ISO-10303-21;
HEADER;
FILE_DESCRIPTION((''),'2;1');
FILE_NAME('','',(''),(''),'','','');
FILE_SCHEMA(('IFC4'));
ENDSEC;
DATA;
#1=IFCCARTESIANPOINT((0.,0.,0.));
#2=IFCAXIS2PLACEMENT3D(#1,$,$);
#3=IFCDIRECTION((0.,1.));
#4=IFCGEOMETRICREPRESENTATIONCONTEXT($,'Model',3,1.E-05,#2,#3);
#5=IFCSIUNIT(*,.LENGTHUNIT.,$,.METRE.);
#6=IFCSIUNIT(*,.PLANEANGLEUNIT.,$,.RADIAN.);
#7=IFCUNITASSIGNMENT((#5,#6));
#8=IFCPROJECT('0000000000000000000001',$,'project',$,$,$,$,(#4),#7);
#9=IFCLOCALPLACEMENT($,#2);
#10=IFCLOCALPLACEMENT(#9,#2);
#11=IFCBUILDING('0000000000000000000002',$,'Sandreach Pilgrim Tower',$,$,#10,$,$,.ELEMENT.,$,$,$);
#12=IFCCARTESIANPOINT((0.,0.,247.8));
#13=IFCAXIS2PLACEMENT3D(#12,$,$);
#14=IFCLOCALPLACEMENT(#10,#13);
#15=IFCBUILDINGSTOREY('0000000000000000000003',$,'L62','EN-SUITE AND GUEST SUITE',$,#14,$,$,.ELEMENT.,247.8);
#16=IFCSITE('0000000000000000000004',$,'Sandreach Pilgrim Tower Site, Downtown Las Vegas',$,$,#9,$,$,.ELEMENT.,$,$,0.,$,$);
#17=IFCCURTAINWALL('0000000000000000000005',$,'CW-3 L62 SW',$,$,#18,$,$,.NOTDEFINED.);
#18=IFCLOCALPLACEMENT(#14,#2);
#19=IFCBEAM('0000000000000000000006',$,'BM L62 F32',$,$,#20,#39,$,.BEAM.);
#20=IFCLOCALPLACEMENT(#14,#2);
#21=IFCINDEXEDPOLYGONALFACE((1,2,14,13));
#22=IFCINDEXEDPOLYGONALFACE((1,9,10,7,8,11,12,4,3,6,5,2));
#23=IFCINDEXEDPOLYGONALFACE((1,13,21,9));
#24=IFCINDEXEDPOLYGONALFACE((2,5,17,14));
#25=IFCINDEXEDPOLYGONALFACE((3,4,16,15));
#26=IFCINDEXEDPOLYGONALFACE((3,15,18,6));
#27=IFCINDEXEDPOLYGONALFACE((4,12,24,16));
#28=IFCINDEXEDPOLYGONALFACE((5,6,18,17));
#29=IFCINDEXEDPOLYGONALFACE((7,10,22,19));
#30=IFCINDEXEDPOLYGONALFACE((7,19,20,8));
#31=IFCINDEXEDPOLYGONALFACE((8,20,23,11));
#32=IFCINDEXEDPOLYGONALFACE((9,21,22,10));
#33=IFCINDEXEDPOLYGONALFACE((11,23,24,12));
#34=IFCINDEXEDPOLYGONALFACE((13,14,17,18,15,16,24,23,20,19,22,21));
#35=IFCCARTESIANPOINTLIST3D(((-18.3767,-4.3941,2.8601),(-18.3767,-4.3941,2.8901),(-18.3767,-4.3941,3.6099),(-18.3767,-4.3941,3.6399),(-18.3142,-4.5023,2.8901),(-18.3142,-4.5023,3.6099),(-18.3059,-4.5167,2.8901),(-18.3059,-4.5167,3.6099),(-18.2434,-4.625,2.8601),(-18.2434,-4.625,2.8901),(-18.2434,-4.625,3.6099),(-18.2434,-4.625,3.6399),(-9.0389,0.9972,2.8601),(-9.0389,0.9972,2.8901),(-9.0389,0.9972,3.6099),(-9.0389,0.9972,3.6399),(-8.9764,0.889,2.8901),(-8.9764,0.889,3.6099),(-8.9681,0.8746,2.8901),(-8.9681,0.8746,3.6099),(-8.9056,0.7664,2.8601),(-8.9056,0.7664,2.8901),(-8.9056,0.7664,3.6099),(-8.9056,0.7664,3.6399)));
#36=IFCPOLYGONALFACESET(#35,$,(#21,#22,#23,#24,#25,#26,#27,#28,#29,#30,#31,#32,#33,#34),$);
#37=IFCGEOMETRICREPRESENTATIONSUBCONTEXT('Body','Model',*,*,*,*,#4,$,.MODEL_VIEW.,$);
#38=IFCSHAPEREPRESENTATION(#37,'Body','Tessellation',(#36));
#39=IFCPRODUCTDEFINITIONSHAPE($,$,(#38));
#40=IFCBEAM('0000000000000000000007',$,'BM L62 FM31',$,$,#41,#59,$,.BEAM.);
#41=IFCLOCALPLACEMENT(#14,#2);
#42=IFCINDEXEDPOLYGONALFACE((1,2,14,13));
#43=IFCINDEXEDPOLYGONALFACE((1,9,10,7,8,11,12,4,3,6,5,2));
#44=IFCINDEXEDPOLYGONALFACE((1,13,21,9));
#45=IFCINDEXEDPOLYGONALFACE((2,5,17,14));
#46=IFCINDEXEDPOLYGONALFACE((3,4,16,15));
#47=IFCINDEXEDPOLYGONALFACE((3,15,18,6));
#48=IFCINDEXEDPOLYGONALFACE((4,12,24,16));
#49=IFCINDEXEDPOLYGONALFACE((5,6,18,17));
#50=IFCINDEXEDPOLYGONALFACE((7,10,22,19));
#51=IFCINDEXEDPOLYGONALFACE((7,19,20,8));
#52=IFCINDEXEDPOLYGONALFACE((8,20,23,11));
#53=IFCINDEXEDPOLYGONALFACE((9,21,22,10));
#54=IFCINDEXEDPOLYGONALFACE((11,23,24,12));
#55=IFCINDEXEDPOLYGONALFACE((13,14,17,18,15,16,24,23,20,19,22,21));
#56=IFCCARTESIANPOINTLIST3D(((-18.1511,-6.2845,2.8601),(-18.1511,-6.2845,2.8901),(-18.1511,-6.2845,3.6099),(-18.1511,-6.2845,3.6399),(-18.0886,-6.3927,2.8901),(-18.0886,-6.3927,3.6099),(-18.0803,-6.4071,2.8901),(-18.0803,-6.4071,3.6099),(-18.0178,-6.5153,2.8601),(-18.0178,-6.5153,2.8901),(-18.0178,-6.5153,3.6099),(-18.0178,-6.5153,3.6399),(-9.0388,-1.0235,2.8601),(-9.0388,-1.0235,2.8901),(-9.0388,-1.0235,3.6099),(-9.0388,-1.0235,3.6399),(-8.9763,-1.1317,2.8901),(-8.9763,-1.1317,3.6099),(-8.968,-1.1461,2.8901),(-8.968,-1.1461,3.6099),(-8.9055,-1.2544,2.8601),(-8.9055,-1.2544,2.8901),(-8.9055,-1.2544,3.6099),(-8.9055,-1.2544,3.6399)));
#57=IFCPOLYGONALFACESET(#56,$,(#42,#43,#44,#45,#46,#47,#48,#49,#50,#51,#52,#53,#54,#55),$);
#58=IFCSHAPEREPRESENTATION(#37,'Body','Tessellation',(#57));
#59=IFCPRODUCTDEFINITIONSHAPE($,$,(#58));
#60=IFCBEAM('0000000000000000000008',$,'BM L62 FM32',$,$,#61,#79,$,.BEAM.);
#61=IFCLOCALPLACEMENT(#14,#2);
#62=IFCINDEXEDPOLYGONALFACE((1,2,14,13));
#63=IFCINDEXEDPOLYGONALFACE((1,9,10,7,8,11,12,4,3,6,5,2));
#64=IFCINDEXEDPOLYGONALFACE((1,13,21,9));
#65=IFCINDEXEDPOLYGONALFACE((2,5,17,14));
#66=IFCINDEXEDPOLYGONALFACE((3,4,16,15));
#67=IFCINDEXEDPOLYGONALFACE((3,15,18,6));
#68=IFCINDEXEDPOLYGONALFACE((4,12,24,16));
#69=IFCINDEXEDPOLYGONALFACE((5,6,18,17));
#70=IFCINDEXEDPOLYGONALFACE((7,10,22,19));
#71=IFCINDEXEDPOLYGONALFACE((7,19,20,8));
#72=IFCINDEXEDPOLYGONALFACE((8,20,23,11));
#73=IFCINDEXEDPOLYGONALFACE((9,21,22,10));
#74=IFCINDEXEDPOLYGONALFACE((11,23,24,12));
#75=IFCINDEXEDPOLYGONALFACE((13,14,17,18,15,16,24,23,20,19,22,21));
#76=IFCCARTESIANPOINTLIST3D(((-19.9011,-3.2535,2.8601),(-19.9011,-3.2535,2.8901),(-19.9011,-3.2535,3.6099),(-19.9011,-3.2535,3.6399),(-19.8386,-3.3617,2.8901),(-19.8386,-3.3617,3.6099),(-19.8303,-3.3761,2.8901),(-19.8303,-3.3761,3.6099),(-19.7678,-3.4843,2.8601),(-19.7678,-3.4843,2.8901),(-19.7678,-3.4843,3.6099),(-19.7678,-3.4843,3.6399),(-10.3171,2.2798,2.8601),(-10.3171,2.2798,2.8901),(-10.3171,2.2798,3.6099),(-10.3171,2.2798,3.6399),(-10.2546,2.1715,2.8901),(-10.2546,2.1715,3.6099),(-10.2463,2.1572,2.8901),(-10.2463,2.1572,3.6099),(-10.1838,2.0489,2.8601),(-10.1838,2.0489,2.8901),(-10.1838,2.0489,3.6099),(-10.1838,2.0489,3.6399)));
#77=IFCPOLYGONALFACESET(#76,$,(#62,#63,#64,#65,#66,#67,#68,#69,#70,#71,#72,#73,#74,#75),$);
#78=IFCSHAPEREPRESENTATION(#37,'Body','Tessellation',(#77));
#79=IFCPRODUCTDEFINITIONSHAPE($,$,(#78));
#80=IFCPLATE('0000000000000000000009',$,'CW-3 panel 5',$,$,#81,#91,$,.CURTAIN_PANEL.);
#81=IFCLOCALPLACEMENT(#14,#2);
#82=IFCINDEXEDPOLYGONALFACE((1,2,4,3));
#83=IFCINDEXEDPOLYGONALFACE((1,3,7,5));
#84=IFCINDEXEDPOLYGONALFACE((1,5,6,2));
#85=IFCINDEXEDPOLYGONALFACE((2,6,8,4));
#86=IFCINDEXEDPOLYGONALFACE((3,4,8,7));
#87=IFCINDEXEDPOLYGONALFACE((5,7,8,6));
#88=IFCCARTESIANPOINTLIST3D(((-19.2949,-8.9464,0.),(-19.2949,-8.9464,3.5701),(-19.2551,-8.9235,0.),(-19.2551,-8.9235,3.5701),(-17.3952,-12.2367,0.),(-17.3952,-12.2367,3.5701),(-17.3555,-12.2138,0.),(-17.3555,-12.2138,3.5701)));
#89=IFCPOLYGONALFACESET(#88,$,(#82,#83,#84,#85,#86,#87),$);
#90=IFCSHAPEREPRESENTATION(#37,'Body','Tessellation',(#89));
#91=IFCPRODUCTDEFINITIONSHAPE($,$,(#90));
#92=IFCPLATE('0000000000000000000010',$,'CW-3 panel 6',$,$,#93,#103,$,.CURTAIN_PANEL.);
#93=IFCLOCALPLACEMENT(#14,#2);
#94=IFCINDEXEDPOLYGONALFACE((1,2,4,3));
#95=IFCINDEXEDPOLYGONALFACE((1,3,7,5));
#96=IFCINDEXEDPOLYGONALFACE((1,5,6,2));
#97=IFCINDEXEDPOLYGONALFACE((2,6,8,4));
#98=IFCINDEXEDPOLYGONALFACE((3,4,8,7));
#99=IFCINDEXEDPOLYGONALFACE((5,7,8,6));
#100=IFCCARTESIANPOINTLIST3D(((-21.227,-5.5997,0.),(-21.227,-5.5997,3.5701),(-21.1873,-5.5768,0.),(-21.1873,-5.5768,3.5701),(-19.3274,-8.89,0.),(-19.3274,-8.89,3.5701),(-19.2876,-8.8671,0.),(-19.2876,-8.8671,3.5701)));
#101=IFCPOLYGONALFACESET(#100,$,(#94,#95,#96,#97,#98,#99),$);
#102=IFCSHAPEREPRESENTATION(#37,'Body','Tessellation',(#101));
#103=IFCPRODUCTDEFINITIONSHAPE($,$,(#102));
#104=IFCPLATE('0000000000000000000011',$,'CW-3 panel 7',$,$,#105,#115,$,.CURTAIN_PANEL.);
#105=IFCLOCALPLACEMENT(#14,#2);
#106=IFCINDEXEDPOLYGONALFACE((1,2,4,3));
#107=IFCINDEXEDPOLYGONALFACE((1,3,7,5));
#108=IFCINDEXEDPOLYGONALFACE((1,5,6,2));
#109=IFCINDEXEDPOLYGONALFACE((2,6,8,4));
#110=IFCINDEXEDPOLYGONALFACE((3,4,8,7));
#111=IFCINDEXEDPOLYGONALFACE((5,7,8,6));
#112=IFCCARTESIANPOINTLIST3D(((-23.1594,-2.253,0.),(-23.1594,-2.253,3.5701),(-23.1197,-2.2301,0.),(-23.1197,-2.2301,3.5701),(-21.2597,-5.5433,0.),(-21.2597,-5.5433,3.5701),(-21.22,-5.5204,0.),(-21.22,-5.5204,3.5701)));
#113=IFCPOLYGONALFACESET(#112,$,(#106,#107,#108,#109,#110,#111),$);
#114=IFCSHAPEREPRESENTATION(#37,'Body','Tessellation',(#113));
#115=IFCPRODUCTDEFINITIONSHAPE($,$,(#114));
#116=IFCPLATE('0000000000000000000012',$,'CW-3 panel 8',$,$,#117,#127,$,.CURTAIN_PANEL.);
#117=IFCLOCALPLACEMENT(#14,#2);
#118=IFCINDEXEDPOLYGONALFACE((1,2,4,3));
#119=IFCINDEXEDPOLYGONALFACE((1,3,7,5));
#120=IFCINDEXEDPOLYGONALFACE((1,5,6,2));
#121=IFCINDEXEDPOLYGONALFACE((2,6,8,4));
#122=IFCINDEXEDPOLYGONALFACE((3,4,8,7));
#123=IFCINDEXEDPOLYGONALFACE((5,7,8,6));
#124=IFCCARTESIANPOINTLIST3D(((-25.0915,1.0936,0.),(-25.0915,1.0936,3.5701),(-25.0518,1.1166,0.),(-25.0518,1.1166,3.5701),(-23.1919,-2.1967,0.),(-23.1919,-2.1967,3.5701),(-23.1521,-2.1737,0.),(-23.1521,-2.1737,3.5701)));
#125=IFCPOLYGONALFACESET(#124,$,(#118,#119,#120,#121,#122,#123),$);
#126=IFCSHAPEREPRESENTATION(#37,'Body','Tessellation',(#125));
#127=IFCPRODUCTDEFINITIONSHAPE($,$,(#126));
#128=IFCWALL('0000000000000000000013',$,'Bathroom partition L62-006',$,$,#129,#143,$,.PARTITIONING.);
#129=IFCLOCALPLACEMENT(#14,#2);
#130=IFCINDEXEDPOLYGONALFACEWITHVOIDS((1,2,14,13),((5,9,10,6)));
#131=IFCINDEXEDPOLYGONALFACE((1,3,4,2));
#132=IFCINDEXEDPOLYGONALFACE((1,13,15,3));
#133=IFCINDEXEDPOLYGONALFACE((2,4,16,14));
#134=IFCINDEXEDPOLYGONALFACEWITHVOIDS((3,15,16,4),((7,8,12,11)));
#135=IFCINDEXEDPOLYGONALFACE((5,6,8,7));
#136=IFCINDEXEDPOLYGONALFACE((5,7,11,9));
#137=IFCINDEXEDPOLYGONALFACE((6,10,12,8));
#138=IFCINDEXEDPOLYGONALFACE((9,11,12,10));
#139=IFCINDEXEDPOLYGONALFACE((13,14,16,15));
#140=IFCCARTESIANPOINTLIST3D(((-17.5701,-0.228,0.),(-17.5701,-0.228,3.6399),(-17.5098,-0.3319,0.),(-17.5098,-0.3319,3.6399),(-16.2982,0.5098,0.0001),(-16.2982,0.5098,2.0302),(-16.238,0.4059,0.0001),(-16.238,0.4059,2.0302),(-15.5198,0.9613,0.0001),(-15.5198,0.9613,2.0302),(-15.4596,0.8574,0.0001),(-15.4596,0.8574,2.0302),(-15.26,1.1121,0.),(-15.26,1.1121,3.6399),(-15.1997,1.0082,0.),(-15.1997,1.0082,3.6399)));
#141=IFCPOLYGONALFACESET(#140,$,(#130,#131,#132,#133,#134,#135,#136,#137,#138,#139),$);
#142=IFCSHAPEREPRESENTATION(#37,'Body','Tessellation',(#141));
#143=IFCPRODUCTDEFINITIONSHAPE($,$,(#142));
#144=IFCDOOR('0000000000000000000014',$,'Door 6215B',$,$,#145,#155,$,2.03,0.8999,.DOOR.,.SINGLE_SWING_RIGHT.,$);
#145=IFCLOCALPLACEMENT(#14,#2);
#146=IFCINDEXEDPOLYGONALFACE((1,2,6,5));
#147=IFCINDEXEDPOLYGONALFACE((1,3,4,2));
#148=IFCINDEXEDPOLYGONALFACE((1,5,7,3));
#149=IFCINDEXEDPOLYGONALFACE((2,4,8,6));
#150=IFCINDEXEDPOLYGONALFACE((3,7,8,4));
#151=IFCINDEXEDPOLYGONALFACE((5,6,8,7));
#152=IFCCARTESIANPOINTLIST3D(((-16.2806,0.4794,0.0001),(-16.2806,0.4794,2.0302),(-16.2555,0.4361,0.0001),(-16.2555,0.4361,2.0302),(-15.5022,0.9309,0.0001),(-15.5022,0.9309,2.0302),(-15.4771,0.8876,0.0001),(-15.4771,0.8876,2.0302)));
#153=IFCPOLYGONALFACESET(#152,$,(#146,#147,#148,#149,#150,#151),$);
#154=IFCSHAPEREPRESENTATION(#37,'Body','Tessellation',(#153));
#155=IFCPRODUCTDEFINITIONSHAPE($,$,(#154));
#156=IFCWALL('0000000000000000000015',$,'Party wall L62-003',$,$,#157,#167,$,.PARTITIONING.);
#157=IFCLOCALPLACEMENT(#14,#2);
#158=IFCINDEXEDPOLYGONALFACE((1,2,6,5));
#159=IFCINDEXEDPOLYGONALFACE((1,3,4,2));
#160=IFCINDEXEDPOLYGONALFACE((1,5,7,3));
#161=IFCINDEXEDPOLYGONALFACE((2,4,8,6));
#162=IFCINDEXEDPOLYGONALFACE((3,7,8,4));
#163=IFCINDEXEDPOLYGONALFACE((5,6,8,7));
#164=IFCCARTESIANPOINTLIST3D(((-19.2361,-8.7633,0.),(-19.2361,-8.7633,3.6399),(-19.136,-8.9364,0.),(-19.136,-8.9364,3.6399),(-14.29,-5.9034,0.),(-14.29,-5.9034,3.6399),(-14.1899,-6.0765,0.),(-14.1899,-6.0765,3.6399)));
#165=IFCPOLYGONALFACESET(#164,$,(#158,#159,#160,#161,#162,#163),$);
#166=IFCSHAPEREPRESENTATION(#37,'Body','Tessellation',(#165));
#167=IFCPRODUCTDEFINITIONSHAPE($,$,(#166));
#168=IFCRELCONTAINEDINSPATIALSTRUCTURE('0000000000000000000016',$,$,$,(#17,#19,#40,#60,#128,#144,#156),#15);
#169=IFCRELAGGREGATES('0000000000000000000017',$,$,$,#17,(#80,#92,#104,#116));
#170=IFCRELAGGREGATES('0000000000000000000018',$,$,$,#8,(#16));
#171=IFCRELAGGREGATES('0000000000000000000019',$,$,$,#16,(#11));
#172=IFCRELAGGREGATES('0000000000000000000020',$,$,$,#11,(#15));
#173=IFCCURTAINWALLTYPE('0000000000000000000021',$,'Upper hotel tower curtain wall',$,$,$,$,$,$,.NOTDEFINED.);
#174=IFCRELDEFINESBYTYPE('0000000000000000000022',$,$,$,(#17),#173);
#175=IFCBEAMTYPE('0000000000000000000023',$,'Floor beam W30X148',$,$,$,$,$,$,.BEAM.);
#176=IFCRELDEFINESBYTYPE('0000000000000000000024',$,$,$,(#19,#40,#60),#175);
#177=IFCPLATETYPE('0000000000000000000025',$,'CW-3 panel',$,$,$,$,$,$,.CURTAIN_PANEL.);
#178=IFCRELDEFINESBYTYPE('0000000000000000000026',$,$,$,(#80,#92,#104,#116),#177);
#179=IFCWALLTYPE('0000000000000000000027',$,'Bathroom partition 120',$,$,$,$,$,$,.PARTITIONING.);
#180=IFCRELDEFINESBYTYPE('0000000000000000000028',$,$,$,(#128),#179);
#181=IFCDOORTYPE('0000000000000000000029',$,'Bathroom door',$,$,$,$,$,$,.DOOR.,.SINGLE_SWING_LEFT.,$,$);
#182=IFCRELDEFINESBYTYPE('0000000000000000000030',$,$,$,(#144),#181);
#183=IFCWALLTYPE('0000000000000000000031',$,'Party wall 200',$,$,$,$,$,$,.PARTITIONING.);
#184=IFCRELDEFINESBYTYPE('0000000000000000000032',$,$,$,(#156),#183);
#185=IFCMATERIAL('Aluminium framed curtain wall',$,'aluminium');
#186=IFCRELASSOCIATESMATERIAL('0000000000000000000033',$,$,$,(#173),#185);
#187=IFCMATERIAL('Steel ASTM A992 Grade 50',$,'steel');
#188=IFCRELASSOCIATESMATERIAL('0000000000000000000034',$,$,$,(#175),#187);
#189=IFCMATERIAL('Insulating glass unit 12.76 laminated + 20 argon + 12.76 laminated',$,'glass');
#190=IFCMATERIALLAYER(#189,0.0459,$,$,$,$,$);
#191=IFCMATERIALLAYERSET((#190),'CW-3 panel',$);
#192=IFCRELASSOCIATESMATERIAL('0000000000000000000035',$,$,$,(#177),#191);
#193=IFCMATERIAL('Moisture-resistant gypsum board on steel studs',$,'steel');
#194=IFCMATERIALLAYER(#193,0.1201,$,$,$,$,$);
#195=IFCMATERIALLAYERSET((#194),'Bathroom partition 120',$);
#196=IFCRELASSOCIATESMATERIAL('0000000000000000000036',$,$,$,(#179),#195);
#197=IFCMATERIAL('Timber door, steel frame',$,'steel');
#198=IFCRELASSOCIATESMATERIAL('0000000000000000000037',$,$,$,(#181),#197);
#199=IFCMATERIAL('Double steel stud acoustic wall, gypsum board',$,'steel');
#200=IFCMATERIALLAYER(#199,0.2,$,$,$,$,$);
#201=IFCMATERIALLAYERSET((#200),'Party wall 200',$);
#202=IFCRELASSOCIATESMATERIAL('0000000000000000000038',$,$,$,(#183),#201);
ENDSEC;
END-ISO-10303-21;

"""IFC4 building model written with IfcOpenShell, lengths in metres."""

from ifc_helpers import new_model, si_unit, direction, frame, frame_2d, origin, origin_2d, place, context, subcontext, project, spatial, rectangle, i_section, extrude, material, layer, layer_set, material_profile, profile_set, type_object, element, fill, aggregate, save


model = new_model("IFC4")

# Units and contexts
model_context = context("Model", 3, precision=1e-05, world=origin(), true_north=direction((0.0, 1.0)))
body_context = subcontext(model_context, "Body", "Model", "MODEL_VIEW")
ifc_project = project(units=[si_unit("LENGTHUNIT", "METRE"), si_unit("PLANEANGLEUNIT", "RADIAN")], contexts=[model_context])

# Site, building, storey
site_placement = place(None, origin())
site = spatial("IfcSite", under=ifc_project, at=site_placement, Name="Sandreach Pilgrim Tower Site, Downtown Las Vegas", CompositionType="ELEMENT", RefElevation=0.0)
building_placement = place(site_placement, origin())
building = spatial("IfcBuilding", under=site, at=building_placement, Name="Sandreach Pilgrim Tower", CompositionType="ELEMENT")
storey_placement = place(building_placement, frame((0.0, 0.0, 247.8)))
storey = spatial("IfcBuildingStorey", under=building, at=storey_placement, Name="L62", Description="EN-SUITE AND GUEST SUITE", CompositionType="ELEMENT", Elevation=247.8)

# Curtain wall
ifc_material_1 = material(Name="Aluminium framed curtain wall", Category="aluminium")
curtain_wall_type = type_object("IfcCurtainWallType", Name="Upper hotel tower curtain wall", PredefinedType="NOTDEFINED", material=ifc_material_1)
curtain_wall_placement = place(storey_placement, origin())
curtain_wall = element("IfcCurtainWall", 1, at=curtain_wall_placement, inside=storey, type_object=curtain_wall_type, Name="CW-3 L62 SW", PredefinedType="NOTDEFINED")

# Beams
ifc_material_2 = material(Name="Steel ASTM A992 Grade 50", Category="steel")
ifc_material_profile_1 = material_profile(ifc_material_2, i_section(OverallWidth=0.2666, OverallDepth=0.7798, WebThickness=0.0166, FlangeThickness=0.03, at=origin_2d()), Name="W30X148")
ifc_profile_set_1 = profile_set([ifc_material_profile_1], Name="Steel ASTM A992 Grade 50")
beam_type_1 = type_object("IfcBeamType", Name="Floor beam W30X148", PredefinedType="BEAM", material=ifc_profile_set_1)
beam_1_placement = place(storey_placement, frame((-18.3101, -4.5095, 3.25), z_axis=(0.86602, 0.500009, 0.0), x_axis=(-0.500009, 0.86602, 0.0)))
element("IfcBeam", 2, at=beam_1_placement, inside=storey, type_object=beam_type_1, Name="BM L62 F32", PredefinedType="BEAM", context=body_context, shape_type="SweptSolid", body=[
    extrude(i_section(OverallWidth=0.2666, OverallDepth=0.7798, WebThickness=0.0166, FlangeThickness=0.03, at=origin_2d()), origin(), (0.0, 0.0, 1.0), 10.7825),
])
beam_2_placement = place(storey_placement, frame((-18.0845, -6.3999, 3.25), z_axis=(0.866026, 0.5, 0.0), x_axis=(-0.5, 0.866026, 0.0)))
element("IfcBeam", 3, at=beam_2_placement, inside=storey, type_object=beam_type_1, Name="BM L62 FM31", PredefinedType="BEAM", context=body_context, shape_type="SweptSolid", body=[
    extrude(i_section(OverallWidth=0.2666, OverallDepth=0.7798, WebThickness=0.0166, FlangeThickness=0.03, at=origin_2d()), origin(), (0.0, 0.0, 1.0), 10.522),
])
beam_3_placement = place(storey_placement, frame((-19.8345, -3.3689, 3.25), z_axis=(0.86603, 0.499992, 0.0), x_axis=(-0.499992, 0.86603, 0.0)))
element("IfcBeam", 4, at=beam_3_placement, inside=storey, type_object=beam_type_1, Name="BM L62 FM32", PredefinedType="BEAM", context=body_context, shape_type="SweptSolid", body=[
    extrude(i_section(OverallWidth=0.2666, OverallDepth=0.7798, WebThickness=0.0166, FlangeThickness=0.03, at=origin_2d()), origin(), (0.0, 0.0, 1.0), 11.0667),
])

# Plates
ifc_material_3 = material(Name="Insulating glass unit 12.76 laminated + 20 argon + 12.76 laminated", Category="glass")
ifc_layer_1 = layer(ifc_material_3, 0.0459)
ifc_layer_set_1 = layer_set([ifc_layer_1], Name="CW-3 panel")
plate_type = type_object("IfcPlateType", Name="CW-3 panel", PredefinedType="CURTAIN_PANEL", material=ifc_layer_set_1)
plate_1_placement = place(storey_placement, frame((-18.3252, -10.5801, 0.0), z_axis=(0.0, 0.0, 1.0), x_axis=(-0.5, 0.866025, 0.0)))
plate_1 = element("IfcPlate", 5, at=plate_1_placement, type_object=plate_type, Name="CW-3 panel 5", PredefinedType="CURTAIN_PANEL", context=body_context, shape_type="SweptSolid", body=[
    extrude(rectangle(XDim=3.7993, YDim=0.0459, at=origin_2d()), origin(), (0.0, 0.0, 1.0), 3.5701),
])
plate_2_placement = place(storey_placement, frame((-20.2573, -7.2334, 0.0), z_axis=(0.0, 0.0, 1.0), x_axis=(-0.5, 0.866025, 0.0)))
plate_2 = element("IfcPlate", 6, at=plate_2_placement, type_object=plate_type, Name="CW-3 panel 6", PredefinedType="CURTAIN_PANEL", context=body_context, shape_type="SweptSolid", body=[
    extrude(rectangle(XDim=3.7993, YDim=0.0459, at=origin_2d()), origin(), (0.0, 0.0, 1.0), 3.5701),
])
plate_3_placement = place(storey_placement, frame((-22.1897, -3.8867, 0.0), z_axis=(0.0, 0.0, 1.0), x_axis=(-0.5, 0.866025, 0.0)))
plate_3 = element("IfcPlate", 7, at=plate_3_placement, type_object=plate_type, Name="CW-3 panel 7", PredefinedType="CURTAIN_PANEL", context=body_context, shape_type="SweptSolid", body=[
    extrude(rectangle(XDim=3.7993, YDim=0.0459, at=origin_2d()), origin(), (0.0, 0.0, 1.0), 3.5701),
])
plate_4_placement = place(storey_placement, frame((-24.1218, -0.54, 0.0), z_axis=(0.0, 0.0, 1.0), x_axis=(-0.5, 0.866025, 0.0)))
plate_4 = element("IfcPlate", 8, at=plate_4_placement, type_object=plate_type, Name="CW-3 panel 8", PredefinedType="CURTAIN_PANEL", context=body_context, shape_type="SweptSolid", body=[
    extrude(rectangle(XDim=3.7993, YDim=0.0459, at=origin_2d()), origin(), (0.0, 0.0, 1.0), 3.5701),
])
aggregate(curtain_wall, [plate_1, plate_2, plate_3, plate_4])

# Wall, opening, door
ifc_material_4 = material(Name="Moisture-resistant gypsum board on steel studs", Category="steel")
ifc_layer_2 = layer(ifc_material_4, 0.1201)
ifc_layer_set_2 = layer_set([ifc_layer_2], Name="Bathroom partition 120")
wall_type_1 = type_object("IfcWallType", Name="Bathroom partition 120", PredefinedType="PARTITIONING", material=ifc_layer_set_2)
wall_1_placement = place(storey_placement, frame((-17.54, -0.28, 0.0), z_axis=(0.0, 0.0, 1.0), x_axis=(0.86499, 0.501789, 0.0)))
wall_1 = element("IfcWall", 9, at=wall_1_placement, inside=storey, type_object=wall_type_1, Name="Bathroom partition L62-006", PredefinedType="PARTITIONING", context=body_context, shape_type="SweptSolid", body=[
    extrude(rectangle(XDim=2.6707, YDim=0.1201, at=frame_2d((1.3354, 0.0))), origin(), (0.0, 0.0, 1.0), 3.6399),
])
opening_placement = place(wall_1_placement, frame((1.4705, 0.0, 0.0)))
opening = element("IfcOpeningElement", 10, at=opening_placement, cuts=wall_1, PredefinedType="OPENING", context=body_context, shape_type="SweptSolid", body=[
    extrude(rectangle(XDim=0.8999, YDim=2.03, at=frame_2d((0.45, 1.0151))), frame((0.0, 0.0601, 0.0), z_axis=(0.0, -1.0, 0.0), x_axis=(1.0, 0.0, 0.0)), (0.0, 0.0, 1.0), 0.1201),
])
ifc_material_5 = material(Name="Timber door, steel frame", Category="steel")
door_type = type_object("IfcDoorType", Name="Bathroom door", OperationType="SINGLE_SWING_LEFT", PredefinedType="DOOR", material=ifc_material_5)
door_placement = place(opening_placement, origin())
door = element("IfcDoor", 11, at=door_placement, inside=storey, type_object=door_type, Name="Door 6215B", OperationType="SINGLE_SWING_RIGHT", OverallHeight=2.03, OverallWidth=0.8999, PredefinedType="DOOR", context=body_context, shape_type="SweptSolid", body=[
    extrude(rectangle(XDim=0.8999, YDim=2.03, at=frame_2d((0.45, 1.0151))), frame((0.0, 0.0249, 0.0), z_axis=(0.0, -1.0, 0.0), x_axis=(1.0, 0.0, 0.0)), (0.0, 0.0, 1.0), 0.05),
])
fill(opening, door)

# Wall
ifc_material_6 = material(Name="Double steel stud acoustic wall, gypsum board", Category="steel")
ifc_layer_3 = layer(ifc_material_6, 0.2)
ifc_layer_set_3 = layer_set([ifc_layer_3], Name="Party wall 200")
wall_type_2 = type_object("IfcWallType", Name="Party wall 200", PredefinedType="PARTITIONING", material=ifc_layer_set_3)
wall_2_placement = place(storey_placement, frame((-19.186, -8.8499, 0.0), z_axis=(0.0, 0.0, 1.0), x_axis=(0.865702, 0.500559, 0.0)))
element("IfcWall", 12, at=wall_2_placement, inside=storey, type_object=wall_type_2, Name="Party wall L62-003", PredefinedType="PARTITIONING", context=body_context, shape_type="SweptSolid", body=[
    extrude(rectangle(XDim=5.7134, YDim=0.2, at=frame_2d((2.8567, 0.0))), origin(), (0.0, 0.0, 1.0), 3.6399),
])

save(model, "model.ifc")
